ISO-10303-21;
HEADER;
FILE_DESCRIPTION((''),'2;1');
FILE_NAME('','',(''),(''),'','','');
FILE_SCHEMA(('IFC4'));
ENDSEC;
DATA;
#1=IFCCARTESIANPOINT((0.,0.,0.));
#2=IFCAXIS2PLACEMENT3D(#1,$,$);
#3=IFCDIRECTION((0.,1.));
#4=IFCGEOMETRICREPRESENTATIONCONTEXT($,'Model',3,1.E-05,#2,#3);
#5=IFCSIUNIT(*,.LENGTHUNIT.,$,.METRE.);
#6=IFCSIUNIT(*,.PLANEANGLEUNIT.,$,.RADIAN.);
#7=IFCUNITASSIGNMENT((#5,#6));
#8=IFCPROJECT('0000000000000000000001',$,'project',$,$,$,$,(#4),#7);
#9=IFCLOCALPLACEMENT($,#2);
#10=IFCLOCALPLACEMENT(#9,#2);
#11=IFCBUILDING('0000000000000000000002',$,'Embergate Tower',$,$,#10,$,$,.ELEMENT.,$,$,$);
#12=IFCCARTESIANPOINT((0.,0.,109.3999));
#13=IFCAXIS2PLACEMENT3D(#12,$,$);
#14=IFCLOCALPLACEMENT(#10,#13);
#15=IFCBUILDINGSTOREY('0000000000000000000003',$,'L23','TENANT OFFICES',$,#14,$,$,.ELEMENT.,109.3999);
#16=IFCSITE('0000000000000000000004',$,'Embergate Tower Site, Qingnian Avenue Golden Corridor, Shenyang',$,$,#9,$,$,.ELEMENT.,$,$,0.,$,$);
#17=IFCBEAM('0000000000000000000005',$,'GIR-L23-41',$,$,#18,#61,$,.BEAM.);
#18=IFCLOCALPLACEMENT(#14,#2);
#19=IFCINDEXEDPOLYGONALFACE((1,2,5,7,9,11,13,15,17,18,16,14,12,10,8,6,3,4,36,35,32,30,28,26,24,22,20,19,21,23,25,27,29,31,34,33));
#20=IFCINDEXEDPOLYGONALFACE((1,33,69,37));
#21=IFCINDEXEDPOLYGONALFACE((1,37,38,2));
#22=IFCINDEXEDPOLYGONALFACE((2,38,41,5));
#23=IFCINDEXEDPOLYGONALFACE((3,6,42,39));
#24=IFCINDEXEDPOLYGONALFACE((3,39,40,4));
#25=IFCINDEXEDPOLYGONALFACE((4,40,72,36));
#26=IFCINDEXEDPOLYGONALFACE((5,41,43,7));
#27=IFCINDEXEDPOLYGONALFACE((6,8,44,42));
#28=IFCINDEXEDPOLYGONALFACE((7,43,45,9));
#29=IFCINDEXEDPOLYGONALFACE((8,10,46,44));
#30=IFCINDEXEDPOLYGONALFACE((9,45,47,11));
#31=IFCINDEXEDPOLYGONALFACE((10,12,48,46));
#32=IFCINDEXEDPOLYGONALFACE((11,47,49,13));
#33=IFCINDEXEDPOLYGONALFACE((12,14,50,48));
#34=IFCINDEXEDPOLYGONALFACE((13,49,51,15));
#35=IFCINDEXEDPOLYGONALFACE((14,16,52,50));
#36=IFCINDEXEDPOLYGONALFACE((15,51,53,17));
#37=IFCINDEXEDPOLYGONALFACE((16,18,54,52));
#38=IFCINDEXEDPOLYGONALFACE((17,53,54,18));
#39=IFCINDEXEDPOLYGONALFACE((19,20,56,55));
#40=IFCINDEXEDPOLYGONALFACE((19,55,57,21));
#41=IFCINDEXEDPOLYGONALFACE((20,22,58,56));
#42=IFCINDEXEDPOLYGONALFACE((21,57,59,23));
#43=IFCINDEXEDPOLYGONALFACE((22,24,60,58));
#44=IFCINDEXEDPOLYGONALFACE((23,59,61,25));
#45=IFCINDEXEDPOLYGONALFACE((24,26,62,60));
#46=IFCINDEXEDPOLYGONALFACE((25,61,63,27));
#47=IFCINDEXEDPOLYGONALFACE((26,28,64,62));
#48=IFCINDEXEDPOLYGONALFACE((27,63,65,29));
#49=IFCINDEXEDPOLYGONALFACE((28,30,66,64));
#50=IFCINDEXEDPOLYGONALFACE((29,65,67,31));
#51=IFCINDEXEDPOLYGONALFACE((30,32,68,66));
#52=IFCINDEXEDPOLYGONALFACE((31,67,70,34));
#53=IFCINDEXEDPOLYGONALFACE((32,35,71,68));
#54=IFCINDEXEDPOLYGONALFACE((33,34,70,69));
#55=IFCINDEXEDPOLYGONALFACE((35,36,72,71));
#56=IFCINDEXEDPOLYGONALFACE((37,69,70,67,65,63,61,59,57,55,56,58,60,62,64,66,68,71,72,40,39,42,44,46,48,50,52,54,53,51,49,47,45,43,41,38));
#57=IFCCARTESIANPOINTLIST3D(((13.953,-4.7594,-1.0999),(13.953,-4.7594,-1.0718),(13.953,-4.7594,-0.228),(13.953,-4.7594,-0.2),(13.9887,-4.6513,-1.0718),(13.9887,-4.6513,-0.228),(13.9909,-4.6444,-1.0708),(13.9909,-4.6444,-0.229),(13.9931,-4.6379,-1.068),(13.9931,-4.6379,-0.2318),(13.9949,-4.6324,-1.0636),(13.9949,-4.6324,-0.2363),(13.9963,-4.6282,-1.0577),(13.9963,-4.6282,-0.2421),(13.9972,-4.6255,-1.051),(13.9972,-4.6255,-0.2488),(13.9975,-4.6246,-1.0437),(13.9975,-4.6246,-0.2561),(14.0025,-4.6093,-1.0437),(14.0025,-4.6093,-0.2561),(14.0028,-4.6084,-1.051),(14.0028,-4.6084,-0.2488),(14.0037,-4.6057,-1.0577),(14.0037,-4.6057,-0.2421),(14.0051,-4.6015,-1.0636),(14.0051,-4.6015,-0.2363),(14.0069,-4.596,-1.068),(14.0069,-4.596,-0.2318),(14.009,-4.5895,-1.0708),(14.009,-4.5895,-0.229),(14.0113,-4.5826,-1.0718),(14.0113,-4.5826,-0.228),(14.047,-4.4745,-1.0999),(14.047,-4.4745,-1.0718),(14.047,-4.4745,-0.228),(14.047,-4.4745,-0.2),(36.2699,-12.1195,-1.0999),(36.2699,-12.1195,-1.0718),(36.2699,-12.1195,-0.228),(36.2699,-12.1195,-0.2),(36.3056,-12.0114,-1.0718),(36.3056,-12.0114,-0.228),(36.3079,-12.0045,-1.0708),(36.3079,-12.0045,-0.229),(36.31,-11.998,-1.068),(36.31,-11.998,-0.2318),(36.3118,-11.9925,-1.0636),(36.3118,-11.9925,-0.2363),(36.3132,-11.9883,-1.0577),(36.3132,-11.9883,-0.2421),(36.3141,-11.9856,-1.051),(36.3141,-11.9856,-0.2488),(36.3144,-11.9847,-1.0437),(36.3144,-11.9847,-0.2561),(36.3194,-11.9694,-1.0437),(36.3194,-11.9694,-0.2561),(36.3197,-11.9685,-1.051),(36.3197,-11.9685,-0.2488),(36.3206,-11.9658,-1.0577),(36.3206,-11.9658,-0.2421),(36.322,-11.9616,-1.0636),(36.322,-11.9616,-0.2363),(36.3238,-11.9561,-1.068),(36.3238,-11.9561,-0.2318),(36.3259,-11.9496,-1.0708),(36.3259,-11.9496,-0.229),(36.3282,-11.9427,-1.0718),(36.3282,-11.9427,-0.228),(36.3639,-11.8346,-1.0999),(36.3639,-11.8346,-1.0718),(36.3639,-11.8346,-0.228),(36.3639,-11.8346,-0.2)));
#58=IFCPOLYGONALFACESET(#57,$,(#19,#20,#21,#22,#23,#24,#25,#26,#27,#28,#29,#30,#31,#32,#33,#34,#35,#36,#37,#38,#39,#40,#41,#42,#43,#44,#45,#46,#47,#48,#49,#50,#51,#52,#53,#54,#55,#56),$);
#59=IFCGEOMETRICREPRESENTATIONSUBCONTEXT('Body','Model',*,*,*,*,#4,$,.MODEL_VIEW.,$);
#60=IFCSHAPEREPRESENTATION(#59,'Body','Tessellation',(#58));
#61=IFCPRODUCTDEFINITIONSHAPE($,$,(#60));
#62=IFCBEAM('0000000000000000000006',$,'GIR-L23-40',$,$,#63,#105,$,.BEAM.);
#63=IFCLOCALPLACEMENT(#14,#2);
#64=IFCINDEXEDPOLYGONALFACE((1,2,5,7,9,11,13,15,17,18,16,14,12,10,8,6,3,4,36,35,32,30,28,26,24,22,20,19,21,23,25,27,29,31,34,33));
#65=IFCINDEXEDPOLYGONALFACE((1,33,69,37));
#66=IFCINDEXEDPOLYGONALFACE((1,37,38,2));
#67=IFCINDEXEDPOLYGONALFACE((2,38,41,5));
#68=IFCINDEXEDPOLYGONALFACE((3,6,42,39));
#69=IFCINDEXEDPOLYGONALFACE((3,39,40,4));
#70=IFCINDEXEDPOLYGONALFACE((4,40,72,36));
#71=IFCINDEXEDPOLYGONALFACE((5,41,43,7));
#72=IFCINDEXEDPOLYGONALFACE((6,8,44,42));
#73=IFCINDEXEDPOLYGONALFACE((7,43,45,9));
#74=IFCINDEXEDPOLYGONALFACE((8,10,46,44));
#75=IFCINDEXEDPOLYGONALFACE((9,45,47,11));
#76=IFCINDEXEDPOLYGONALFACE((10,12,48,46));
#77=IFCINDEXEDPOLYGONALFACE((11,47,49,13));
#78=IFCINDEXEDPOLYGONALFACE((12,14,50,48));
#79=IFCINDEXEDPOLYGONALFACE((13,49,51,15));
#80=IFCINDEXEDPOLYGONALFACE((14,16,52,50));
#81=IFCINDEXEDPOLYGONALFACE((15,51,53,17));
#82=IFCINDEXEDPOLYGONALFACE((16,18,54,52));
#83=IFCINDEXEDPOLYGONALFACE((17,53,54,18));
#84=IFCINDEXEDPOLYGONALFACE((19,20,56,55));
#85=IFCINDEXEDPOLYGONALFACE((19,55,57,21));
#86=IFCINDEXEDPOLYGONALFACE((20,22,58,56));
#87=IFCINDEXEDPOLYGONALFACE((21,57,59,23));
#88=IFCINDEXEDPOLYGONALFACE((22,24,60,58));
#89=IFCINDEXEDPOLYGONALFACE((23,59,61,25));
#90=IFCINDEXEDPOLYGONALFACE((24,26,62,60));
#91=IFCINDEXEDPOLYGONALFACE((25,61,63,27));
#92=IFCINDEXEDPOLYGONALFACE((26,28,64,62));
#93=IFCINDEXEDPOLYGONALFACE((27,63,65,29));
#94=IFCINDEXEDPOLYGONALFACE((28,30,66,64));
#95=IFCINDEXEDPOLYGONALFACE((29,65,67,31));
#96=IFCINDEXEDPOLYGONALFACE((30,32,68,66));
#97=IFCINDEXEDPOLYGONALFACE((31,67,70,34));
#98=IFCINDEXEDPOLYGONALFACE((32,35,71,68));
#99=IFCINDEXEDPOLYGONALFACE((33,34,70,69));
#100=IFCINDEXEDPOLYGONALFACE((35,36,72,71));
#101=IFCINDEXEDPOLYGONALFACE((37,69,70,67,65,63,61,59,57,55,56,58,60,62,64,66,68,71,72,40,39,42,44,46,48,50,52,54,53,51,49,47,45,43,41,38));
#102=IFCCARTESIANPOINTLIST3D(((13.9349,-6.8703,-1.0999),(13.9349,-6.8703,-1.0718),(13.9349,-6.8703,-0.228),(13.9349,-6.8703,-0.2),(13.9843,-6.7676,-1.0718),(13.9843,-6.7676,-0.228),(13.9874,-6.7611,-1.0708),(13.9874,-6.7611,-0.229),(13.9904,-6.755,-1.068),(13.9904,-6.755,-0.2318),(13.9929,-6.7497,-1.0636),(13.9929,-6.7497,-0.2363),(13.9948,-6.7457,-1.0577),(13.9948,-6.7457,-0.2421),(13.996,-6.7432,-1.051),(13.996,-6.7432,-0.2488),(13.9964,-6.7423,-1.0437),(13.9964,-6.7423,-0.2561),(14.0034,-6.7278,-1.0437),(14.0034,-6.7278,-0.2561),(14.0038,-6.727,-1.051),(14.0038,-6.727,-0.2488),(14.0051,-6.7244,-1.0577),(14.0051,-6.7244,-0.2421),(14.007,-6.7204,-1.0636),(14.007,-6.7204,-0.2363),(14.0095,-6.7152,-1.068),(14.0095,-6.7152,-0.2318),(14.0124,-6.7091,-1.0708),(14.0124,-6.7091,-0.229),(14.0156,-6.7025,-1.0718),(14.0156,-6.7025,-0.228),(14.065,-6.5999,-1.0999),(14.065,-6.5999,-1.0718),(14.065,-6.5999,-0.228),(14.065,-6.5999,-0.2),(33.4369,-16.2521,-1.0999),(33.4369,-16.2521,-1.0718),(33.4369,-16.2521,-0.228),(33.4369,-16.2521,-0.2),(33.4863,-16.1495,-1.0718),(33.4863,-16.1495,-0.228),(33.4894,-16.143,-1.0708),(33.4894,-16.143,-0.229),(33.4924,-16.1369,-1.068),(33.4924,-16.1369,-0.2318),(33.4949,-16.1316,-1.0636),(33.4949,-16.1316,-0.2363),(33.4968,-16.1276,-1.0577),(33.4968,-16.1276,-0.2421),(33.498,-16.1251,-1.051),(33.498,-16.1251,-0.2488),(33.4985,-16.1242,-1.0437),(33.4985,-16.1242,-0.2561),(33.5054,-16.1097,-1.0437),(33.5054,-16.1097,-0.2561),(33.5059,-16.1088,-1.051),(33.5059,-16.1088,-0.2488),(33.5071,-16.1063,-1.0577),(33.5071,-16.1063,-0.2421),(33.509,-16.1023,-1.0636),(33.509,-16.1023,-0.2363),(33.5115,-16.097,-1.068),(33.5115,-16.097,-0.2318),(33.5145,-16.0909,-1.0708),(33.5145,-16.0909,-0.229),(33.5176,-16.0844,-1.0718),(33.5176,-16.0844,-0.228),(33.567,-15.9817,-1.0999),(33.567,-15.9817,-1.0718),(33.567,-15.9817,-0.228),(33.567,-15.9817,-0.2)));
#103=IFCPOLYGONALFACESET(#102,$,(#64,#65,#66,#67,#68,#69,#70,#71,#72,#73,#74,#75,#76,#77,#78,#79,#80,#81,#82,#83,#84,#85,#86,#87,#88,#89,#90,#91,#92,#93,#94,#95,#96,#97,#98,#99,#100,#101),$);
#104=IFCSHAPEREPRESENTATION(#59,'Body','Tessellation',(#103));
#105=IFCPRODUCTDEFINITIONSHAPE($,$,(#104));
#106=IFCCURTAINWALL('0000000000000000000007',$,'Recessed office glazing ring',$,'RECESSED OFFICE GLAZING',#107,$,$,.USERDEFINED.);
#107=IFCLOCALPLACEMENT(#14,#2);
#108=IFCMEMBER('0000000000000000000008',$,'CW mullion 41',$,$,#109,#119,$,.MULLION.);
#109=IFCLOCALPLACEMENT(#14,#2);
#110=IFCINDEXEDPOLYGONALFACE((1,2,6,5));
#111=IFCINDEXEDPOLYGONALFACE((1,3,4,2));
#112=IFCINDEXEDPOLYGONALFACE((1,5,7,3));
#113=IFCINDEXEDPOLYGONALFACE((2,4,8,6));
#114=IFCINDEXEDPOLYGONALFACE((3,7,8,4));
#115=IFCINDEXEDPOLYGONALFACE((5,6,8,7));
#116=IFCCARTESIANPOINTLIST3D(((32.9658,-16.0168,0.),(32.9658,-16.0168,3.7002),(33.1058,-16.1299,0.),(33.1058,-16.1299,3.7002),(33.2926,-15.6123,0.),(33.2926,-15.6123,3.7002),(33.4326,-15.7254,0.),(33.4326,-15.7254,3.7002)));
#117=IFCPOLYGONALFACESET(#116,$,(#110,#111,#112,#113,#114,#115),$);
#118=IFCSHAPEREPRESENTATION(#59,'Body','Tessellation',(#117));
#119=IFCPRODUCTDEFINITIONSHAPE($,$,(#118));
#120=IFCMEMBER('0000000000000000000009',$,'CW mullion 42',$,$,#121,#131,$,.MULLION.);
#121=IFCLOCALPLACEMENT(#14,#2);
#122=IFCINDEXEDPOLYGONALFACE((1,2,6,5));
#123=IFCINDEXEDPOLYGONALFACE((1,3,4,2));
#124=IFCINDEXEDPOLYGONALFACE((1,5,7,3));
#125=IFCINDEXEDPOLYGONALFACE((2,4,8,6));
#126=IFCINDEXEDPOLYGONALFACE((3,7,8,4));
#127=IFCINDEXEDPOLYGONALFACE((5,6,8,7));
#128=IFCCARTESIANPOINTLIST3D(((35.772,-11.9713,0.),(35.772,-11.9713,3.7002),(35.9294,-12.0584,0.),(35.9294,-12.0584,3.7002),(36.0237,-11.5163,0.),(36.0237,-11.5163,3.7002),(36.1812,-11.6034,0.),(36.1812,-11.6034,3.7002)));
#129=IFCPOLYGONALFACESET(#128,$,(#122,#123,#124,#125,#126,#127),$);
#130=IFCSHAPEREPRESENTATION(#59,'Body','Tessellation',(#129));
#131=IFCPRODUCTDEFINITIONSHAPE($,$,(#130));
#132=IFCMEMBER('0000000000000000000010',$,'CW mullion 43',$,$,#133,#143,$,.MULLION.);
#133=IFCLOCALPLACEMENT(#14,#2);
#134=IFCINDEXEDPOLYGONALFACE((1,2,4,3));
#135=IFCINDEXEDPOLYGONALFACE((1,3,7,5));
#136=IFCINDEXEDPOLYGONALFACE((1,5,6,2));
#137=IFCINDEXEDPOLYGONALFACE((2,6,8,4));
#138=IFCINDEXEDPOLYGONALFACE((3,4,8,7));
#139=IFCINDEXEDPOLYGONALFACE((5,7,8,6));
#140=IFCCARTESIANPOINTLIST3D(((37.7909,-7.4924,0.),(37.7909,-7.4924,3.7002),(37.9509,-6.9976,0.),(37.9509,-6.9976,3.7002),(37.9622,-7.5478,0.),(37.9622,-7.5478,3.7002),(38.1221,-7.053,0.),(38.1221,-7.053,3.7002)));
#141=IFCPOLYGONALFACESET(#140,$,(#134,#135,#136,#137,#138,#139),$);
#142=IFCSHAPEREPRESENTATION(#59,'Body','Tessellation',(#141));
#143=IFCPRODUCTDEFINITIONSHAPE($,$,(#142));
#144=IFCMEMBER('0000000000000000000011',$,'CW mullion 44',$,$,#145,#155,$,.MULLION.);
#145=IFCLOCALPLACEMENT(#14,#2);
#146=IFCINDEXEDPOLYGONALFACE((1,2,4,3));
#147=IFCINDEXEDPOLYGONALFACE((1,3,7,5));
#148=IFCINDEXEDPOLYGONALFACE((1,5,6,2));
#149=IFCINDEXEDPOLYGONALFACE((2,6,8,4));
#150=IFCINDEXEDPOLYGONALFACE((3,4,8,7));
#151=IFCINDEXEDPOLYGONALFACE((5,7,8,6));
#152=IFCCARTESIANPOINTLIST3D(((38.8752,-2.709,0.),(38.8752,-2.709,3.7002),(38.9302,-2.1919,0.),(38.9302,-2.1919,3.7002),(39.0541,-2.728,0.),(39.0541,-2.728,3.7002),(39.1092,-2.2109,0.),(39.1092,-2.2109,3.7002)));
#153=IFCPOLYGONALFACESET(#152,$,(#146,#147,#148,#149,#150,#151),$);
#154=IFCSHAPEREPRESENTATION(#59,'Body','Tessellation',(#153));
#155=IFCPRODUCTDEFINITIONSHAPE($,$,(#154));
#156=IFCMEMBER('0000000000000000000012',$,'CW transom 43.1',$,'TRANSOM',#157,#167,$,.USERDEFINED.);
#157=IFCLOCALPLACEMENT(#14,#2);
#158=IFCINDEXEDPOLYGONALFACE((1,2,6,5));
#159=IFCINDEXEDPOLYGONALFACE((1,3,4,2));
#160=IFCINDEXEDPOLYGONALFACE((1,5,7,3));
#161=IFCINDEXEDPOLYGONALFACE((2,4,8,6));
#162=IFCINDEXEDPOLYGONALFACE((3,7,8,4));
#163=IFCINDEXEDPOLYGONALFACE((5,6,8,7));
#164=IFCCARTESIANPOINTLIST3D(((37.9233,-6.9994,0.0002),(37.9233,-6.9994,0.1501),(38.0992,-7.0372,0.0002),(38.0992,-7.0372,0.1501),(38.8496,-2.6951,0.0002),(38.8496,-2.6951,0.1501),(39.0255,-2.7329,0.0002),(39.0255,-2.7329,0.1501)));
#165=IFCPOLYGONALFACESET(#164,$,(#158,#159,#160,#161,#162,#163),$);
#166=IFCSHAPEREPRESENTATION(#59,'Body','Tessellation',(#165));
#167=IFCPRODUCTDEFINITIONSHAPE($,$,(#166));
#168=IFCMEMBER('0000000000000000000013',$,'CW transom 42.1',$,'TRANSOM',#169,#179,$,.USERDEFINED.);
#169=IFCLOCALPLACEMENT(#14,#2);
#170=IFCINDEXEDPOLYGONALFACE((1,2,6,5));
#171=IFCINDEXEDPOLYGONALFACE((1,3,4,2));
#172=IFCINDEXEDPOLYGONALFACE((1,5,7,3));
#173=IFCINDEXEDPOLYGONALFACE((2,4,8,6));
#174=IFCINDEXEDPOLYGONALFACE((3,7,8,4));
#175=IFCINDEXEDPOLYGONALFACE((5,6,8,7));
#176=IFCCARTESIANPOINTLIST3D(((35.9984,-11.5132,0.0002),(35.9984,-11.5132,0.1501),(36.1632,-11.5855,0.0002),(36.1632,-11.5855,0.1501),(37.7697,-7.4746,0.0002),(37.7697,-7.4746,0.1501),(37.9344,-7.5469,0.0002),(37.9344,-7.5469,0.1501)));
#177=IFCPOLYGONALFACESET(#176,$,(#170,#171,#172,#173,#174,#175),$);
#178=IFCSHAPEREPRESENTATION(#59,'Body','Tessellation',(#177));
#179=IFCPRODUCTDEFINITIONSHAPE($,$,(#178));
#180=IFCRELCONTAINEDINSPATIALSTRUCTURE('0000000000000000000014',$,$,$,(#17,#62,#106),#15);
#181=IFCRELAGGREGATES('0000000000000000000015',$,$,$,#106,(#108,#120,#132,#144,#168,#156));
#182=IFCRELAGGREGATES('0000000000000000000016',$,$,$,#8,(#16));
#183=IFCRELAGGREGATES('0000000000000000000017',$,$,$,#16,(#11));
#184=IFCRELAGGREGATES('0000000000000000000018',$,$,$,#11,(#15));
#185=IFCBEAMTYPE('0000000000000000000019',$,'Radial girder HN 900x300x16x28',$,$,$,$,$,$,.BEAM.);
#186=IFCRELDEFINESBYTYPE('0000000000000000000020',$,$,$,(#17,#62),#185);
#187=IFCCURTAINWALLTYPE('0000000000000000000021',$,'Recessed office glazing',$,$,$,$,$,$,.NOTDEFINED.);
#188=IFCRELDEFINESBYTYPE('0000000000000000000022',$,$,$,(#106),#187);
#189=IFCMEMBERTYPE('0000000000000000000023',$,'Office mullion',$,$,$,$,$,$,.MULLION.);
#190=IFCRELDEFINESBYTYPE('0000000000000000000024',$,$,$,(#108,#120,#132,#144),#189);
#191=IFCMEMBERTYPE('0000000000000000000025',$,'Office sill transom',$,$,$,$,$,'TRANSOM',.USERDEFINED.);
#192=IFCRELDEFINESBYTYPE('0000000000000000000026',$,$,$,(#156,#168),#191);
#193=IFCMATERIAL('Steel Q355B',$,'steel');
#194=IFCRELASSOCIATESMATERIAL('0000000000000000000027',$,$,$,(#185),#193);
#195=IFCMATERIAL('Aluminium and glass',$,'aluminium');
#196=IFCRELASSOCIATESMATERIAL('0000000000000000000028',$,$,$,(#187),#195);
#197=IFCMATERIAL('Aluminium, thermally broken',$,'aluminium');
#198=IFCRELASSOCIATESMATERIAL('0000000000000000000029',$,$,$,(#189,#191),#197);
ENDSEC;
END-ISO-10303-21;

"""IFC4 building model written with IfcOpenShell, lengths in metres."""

from ifc_helpers import new_model, si_unit, direction, frame, origin, origin_2d, place, context, subcontext, project, spatial, rectangle, i_section, extrude, source, transform, mapped, material, material_profile, profile_set, type_object, element, aggregate, save


model = new_model("IFC4")

# Units and contexts
model_context = context("Model", 3, precision=1e-05, world=origin(), true_north=direction((0.0, 1.0)))
body_context = subcontext(model_context, "Body", "Model", "MODEL_VIEW")
ifc_project = project(units=[si_unit("LENGTHUNIT", "METRE"), si_unit("PLANEANGLEUNIT", "RADIAN")], contexts=[model_context])

# Site, building, storey
site_placement = place(None, origin())
site = spatial("IfcSite", under=ifc_project, at=site_placement, Name="Embergate Tower Site, Qingnian Avenue Golden Corridor, Shenyang", CompositionType="ELEMENT", RefElevation=0.0)
building_placement = place(site_placement, origin())
building = spatial("IfcBuilding", under=site, at=building_placement, Name="Embergate Tower", CompositionType="ELEMENT")
storey_placement = place(building_placement, frame((0.0, 0.0, 109.3999)))
storey = spatial("IfcBuildingStorey", under=building, at=storey_placement, Name="L23", Description="TENANT OFFICES", CompositionType="ELEMENT", Elevation=109.3999)

# Beams
ifc_material_1 = material(Name="Steel Q355B", Category="steel")
ifc_material_profile_1 = material_profile(ifc_material_1, i_section(OverallWidth=0.3, OverallDepth=0.8999, WebThickness=0.0161, FlangeThickness=0.0281, FilletRadius=0.0281, at=origin_2d()), Name="HN 900x300x16x28")
ifc_profile_set_1 = profile_set([ifc_material_profile_1], Name="Steel Q355 grade B")
beam_type_1 = type_object("IfcBeamType", Name="Radial girder HN 900x300x16x28", PredefinedType="BEAM", material=ifc_profile_set_1)
shared_shape_1 = source(origin(), body_context, "Body", "SweptSolid", [
    extrude(i_section(OverallWidth=0.3, OverallDepth=0.8999, WebThickness=0.0161, FlangeThickness=0.0281, FilletRadius=0.0281, at=origin_2d()), origin(), (0.0, 0.0, 1.0), 23.4993),
])
beam_1_placement = place(storey_placement, frame((36.3169, -11.9771, -0.6499), z_axis=(-0.949685, 0.313206, 0.0), x_axis=(-0.313206, -0.949685, 0.0)))
element("IfcBeam", 1, at=beam_1_placement, inside=storey, type_object=beam_type_1, Name="GIR-L23-41", PredefinedType="BEAM", context=body_context, shape_type="MappedRepresentation", body=[
    mapped(shared_shape_1, transform((0.0, 0.0, 0.0))),
])
shared_shape_2 = source(origin(), body_context, "Body", "SweptSolid", [
    extrude(i_section(OverallWidth=0.3, OverallDepth=0.8999, WebThickness=0.0161, FlangeThickness=0.0281, FilletRadius=0.0281, at=origin_2d()), origin(), (0.0, 0.0, 1.0), 21.6414),
])
beam_2_placement = place(storey_placement, frame((33.502, -16.1169, -0.6499), z_axis=(-0.901146, 0.433516, 0.0), x_axis=(-0.433516, -0.901146, 0.0)))
element("IfcBeam", 2, at=beam_2_placement, inside=storey, type_object=beam_type_1, Name="GIR-L23-40", PredefinedType="BEAM", context=body_context, shape_type="MappedRepresentation", body=[
    mapped(shared_shape_2, transform((0.0, 0.0, 0.0))),
])

# Curtain wall, members
ifc_material_2 = material(Name="Aluminium and glass", Category="aluminium")
curtain_wall_type = type_object("IfcCurtainWallType", Name="Recessed office glazing", PredefinedType="NOTDEFINED", material=ifc_material_2)
curtain_wall_placement = place(storey_placement, origin())
curtain_wall = element("IfcCurtainWall", 3, at=curtain_wall_placement, inside=storey, type_object=curtain_wall_type, Name="Recessed office glazing ring", ObjectType="RECESSED OFFICE GLAZING", PredefinedType="USERDEFINED")
ifc_material_3 = material(Name="Aluminium, thermally broken", Category="aluminium")
ifc_material_profile_2 = material_profile(ifc_material_3, rectangle(XDim=0.1799, YDim=0.52, at=origin_2d()), Name="AL 520x180")
ifc_profile_set_2 = profile_set([ifc_material_profile_2], Name="Aluminium, thermally broken")
member_type_1 = type_object("IfcMemberType", Name="Office mullion", PredefinedType="MULLION", material=ifc_profile_set_2)
shared_shape_3 = source(origin(), body_context, "Body", "SweptSolid", [
    extrude(rectangle(XDim=0.1799, YDim=0.52, at=origin_2d()), origin(), (0.0, 0.0, 1.0), 3.7002),
])
member_1_placement = place(storey_placement, frame((33.1992, -15.8711, 0.0), z_axis=(0.0, 0.0, 1.0), x_axis=(-0.777884, 0.628408, 0.0)))
member_1 = element("IfcMember", 4, at=member_1_placement, type_object=member_type_1, Name="CW mullion 41", PredefinedType="MULLION", context=body_context, shape_type="MappedRepresentation", body=[
    mapped(shared_shape_3, transform((0.0, 0.0, 0.0))),
])
member_2_placement = place(storey_placement, frame((35.9766, -11.7874, 0.0), z_axis=(0.0, 0.0, 1.0), x_axis=(-0.87501, 0.484106, 0.0)))
member_2 = element("IfcMember", 5, at=member_2_placement, type_object=member_type_1, Name="CW mullion 42", PredefinedType="MULLION", context=body_context, shape_type="MappedRepresentation", body=[
    mapped(shared_shape_3, transform((0.0, 0.0, 0.0))),
])
member_3_placement = place(storey_placement, frame((37.9565, -7.2727, 0.0), z_axis=(0.0, 0.0, 1.0), x_axis=(-0.951502, 0.307644, 0.0)))
member_3 = element("IfcMember", 6, at=member_3_placement, type_object=member_type_1, Name="CW mullion 43", PredefinedType="MULLION", context=body_context, shape_type="MappedRepresentation", body=[
    mapped(shared_shape_3, transform((0.0, 0.0, 0.0))),
])
member_4_placement = place(storey_placement, frame((38.9922, -2.46, 0.0), z_axis=(0.0, 0.0, 1.0), x_axis=(-0.994385, 0.10582, 0.0)))
member_4 = element("IfcMember", 7, at=member_4_placement, type_object=member_type_1, Name="CW mullion 44", PredefinedType="MULLION", context=body_context, shape_type="MappedRepresentation", body=[
    mapped(shared_shape_3, transform((0.0, 0.0, 0.0))),
])
ifc_material_profile_3 = material_profile(ifc_material_3, rectangle(XDim=0.1799, YDim=0.1499, at=origin_2d()), Name="AL 150x180")
ifc_profile_set_3 = profile_set([ifc_material_profile_3], Name="Aluminium, thermally broken")
member_type_2 = type_object("IfcMemberType", Name="Office sill transom", ElementType="TRANSOM", PredefinedType="USERDEFINED", material=ifc_profile_set_3)
shared_shape_4 = source(origin(), body_context, "Body", "SweptSolid", [
    extrude(rectangle(XDim=0.1799, YDim=0.1499, at=origin_2d()), origin(), (0.0, 0.0, 1.0), 4.4028),
])
member_5_placement = place(storey_placement, frame((38.0112, -7.0183, 0.0752), z_axis=(0.210385, 0.977619, 0.0), x_axis=(-0.977619, 0.210385, 0.0)))
member_5 = element("IfcMember", 8, at=member_5_placement, type_object=member_type_2, Name="CW transom 43.1", ObjectType="TRANSOM", PredefinedType="USERDEFINED", context=body_context, shape_type="MappedRepresentation", body=[
    mapped(shared_shape_4, transform((0.0, 0.0, 0.0))),
])
shared_shape_5 = source(origin(), body_context, "Body", "SweptSolid", [
    extrude(rectangle(XDim=0.1799, YDim=0.1499, at=origin_2d()), origin(), (0.0, 0.0, 1.0), 4.4099),
])
member_6_placement = place(storey_placement, frame((36.0808, -11.5493, 0.0752), z_axis=(0.401649, 0.915794, 0.0), x_axis=(-0.915794, 0.401649, 0.0)))
member_6 = element("IfcMember", 9, at=member_6_placement, type_object=member_type_2, Name="CW transom 42.1", ObjectType="TRANSOM", PredefinedType="USERDEFINED", context=body_context, shape_type="MappedRepresentation", body=[
    mapped(shared_shape_5, transform((0.0, 0.0, 0.0))),
])
aggregate(curtain_wall, [member_1, member_2, member_3, member_4, member_6, member_5])

save(model, "model.ifc")
